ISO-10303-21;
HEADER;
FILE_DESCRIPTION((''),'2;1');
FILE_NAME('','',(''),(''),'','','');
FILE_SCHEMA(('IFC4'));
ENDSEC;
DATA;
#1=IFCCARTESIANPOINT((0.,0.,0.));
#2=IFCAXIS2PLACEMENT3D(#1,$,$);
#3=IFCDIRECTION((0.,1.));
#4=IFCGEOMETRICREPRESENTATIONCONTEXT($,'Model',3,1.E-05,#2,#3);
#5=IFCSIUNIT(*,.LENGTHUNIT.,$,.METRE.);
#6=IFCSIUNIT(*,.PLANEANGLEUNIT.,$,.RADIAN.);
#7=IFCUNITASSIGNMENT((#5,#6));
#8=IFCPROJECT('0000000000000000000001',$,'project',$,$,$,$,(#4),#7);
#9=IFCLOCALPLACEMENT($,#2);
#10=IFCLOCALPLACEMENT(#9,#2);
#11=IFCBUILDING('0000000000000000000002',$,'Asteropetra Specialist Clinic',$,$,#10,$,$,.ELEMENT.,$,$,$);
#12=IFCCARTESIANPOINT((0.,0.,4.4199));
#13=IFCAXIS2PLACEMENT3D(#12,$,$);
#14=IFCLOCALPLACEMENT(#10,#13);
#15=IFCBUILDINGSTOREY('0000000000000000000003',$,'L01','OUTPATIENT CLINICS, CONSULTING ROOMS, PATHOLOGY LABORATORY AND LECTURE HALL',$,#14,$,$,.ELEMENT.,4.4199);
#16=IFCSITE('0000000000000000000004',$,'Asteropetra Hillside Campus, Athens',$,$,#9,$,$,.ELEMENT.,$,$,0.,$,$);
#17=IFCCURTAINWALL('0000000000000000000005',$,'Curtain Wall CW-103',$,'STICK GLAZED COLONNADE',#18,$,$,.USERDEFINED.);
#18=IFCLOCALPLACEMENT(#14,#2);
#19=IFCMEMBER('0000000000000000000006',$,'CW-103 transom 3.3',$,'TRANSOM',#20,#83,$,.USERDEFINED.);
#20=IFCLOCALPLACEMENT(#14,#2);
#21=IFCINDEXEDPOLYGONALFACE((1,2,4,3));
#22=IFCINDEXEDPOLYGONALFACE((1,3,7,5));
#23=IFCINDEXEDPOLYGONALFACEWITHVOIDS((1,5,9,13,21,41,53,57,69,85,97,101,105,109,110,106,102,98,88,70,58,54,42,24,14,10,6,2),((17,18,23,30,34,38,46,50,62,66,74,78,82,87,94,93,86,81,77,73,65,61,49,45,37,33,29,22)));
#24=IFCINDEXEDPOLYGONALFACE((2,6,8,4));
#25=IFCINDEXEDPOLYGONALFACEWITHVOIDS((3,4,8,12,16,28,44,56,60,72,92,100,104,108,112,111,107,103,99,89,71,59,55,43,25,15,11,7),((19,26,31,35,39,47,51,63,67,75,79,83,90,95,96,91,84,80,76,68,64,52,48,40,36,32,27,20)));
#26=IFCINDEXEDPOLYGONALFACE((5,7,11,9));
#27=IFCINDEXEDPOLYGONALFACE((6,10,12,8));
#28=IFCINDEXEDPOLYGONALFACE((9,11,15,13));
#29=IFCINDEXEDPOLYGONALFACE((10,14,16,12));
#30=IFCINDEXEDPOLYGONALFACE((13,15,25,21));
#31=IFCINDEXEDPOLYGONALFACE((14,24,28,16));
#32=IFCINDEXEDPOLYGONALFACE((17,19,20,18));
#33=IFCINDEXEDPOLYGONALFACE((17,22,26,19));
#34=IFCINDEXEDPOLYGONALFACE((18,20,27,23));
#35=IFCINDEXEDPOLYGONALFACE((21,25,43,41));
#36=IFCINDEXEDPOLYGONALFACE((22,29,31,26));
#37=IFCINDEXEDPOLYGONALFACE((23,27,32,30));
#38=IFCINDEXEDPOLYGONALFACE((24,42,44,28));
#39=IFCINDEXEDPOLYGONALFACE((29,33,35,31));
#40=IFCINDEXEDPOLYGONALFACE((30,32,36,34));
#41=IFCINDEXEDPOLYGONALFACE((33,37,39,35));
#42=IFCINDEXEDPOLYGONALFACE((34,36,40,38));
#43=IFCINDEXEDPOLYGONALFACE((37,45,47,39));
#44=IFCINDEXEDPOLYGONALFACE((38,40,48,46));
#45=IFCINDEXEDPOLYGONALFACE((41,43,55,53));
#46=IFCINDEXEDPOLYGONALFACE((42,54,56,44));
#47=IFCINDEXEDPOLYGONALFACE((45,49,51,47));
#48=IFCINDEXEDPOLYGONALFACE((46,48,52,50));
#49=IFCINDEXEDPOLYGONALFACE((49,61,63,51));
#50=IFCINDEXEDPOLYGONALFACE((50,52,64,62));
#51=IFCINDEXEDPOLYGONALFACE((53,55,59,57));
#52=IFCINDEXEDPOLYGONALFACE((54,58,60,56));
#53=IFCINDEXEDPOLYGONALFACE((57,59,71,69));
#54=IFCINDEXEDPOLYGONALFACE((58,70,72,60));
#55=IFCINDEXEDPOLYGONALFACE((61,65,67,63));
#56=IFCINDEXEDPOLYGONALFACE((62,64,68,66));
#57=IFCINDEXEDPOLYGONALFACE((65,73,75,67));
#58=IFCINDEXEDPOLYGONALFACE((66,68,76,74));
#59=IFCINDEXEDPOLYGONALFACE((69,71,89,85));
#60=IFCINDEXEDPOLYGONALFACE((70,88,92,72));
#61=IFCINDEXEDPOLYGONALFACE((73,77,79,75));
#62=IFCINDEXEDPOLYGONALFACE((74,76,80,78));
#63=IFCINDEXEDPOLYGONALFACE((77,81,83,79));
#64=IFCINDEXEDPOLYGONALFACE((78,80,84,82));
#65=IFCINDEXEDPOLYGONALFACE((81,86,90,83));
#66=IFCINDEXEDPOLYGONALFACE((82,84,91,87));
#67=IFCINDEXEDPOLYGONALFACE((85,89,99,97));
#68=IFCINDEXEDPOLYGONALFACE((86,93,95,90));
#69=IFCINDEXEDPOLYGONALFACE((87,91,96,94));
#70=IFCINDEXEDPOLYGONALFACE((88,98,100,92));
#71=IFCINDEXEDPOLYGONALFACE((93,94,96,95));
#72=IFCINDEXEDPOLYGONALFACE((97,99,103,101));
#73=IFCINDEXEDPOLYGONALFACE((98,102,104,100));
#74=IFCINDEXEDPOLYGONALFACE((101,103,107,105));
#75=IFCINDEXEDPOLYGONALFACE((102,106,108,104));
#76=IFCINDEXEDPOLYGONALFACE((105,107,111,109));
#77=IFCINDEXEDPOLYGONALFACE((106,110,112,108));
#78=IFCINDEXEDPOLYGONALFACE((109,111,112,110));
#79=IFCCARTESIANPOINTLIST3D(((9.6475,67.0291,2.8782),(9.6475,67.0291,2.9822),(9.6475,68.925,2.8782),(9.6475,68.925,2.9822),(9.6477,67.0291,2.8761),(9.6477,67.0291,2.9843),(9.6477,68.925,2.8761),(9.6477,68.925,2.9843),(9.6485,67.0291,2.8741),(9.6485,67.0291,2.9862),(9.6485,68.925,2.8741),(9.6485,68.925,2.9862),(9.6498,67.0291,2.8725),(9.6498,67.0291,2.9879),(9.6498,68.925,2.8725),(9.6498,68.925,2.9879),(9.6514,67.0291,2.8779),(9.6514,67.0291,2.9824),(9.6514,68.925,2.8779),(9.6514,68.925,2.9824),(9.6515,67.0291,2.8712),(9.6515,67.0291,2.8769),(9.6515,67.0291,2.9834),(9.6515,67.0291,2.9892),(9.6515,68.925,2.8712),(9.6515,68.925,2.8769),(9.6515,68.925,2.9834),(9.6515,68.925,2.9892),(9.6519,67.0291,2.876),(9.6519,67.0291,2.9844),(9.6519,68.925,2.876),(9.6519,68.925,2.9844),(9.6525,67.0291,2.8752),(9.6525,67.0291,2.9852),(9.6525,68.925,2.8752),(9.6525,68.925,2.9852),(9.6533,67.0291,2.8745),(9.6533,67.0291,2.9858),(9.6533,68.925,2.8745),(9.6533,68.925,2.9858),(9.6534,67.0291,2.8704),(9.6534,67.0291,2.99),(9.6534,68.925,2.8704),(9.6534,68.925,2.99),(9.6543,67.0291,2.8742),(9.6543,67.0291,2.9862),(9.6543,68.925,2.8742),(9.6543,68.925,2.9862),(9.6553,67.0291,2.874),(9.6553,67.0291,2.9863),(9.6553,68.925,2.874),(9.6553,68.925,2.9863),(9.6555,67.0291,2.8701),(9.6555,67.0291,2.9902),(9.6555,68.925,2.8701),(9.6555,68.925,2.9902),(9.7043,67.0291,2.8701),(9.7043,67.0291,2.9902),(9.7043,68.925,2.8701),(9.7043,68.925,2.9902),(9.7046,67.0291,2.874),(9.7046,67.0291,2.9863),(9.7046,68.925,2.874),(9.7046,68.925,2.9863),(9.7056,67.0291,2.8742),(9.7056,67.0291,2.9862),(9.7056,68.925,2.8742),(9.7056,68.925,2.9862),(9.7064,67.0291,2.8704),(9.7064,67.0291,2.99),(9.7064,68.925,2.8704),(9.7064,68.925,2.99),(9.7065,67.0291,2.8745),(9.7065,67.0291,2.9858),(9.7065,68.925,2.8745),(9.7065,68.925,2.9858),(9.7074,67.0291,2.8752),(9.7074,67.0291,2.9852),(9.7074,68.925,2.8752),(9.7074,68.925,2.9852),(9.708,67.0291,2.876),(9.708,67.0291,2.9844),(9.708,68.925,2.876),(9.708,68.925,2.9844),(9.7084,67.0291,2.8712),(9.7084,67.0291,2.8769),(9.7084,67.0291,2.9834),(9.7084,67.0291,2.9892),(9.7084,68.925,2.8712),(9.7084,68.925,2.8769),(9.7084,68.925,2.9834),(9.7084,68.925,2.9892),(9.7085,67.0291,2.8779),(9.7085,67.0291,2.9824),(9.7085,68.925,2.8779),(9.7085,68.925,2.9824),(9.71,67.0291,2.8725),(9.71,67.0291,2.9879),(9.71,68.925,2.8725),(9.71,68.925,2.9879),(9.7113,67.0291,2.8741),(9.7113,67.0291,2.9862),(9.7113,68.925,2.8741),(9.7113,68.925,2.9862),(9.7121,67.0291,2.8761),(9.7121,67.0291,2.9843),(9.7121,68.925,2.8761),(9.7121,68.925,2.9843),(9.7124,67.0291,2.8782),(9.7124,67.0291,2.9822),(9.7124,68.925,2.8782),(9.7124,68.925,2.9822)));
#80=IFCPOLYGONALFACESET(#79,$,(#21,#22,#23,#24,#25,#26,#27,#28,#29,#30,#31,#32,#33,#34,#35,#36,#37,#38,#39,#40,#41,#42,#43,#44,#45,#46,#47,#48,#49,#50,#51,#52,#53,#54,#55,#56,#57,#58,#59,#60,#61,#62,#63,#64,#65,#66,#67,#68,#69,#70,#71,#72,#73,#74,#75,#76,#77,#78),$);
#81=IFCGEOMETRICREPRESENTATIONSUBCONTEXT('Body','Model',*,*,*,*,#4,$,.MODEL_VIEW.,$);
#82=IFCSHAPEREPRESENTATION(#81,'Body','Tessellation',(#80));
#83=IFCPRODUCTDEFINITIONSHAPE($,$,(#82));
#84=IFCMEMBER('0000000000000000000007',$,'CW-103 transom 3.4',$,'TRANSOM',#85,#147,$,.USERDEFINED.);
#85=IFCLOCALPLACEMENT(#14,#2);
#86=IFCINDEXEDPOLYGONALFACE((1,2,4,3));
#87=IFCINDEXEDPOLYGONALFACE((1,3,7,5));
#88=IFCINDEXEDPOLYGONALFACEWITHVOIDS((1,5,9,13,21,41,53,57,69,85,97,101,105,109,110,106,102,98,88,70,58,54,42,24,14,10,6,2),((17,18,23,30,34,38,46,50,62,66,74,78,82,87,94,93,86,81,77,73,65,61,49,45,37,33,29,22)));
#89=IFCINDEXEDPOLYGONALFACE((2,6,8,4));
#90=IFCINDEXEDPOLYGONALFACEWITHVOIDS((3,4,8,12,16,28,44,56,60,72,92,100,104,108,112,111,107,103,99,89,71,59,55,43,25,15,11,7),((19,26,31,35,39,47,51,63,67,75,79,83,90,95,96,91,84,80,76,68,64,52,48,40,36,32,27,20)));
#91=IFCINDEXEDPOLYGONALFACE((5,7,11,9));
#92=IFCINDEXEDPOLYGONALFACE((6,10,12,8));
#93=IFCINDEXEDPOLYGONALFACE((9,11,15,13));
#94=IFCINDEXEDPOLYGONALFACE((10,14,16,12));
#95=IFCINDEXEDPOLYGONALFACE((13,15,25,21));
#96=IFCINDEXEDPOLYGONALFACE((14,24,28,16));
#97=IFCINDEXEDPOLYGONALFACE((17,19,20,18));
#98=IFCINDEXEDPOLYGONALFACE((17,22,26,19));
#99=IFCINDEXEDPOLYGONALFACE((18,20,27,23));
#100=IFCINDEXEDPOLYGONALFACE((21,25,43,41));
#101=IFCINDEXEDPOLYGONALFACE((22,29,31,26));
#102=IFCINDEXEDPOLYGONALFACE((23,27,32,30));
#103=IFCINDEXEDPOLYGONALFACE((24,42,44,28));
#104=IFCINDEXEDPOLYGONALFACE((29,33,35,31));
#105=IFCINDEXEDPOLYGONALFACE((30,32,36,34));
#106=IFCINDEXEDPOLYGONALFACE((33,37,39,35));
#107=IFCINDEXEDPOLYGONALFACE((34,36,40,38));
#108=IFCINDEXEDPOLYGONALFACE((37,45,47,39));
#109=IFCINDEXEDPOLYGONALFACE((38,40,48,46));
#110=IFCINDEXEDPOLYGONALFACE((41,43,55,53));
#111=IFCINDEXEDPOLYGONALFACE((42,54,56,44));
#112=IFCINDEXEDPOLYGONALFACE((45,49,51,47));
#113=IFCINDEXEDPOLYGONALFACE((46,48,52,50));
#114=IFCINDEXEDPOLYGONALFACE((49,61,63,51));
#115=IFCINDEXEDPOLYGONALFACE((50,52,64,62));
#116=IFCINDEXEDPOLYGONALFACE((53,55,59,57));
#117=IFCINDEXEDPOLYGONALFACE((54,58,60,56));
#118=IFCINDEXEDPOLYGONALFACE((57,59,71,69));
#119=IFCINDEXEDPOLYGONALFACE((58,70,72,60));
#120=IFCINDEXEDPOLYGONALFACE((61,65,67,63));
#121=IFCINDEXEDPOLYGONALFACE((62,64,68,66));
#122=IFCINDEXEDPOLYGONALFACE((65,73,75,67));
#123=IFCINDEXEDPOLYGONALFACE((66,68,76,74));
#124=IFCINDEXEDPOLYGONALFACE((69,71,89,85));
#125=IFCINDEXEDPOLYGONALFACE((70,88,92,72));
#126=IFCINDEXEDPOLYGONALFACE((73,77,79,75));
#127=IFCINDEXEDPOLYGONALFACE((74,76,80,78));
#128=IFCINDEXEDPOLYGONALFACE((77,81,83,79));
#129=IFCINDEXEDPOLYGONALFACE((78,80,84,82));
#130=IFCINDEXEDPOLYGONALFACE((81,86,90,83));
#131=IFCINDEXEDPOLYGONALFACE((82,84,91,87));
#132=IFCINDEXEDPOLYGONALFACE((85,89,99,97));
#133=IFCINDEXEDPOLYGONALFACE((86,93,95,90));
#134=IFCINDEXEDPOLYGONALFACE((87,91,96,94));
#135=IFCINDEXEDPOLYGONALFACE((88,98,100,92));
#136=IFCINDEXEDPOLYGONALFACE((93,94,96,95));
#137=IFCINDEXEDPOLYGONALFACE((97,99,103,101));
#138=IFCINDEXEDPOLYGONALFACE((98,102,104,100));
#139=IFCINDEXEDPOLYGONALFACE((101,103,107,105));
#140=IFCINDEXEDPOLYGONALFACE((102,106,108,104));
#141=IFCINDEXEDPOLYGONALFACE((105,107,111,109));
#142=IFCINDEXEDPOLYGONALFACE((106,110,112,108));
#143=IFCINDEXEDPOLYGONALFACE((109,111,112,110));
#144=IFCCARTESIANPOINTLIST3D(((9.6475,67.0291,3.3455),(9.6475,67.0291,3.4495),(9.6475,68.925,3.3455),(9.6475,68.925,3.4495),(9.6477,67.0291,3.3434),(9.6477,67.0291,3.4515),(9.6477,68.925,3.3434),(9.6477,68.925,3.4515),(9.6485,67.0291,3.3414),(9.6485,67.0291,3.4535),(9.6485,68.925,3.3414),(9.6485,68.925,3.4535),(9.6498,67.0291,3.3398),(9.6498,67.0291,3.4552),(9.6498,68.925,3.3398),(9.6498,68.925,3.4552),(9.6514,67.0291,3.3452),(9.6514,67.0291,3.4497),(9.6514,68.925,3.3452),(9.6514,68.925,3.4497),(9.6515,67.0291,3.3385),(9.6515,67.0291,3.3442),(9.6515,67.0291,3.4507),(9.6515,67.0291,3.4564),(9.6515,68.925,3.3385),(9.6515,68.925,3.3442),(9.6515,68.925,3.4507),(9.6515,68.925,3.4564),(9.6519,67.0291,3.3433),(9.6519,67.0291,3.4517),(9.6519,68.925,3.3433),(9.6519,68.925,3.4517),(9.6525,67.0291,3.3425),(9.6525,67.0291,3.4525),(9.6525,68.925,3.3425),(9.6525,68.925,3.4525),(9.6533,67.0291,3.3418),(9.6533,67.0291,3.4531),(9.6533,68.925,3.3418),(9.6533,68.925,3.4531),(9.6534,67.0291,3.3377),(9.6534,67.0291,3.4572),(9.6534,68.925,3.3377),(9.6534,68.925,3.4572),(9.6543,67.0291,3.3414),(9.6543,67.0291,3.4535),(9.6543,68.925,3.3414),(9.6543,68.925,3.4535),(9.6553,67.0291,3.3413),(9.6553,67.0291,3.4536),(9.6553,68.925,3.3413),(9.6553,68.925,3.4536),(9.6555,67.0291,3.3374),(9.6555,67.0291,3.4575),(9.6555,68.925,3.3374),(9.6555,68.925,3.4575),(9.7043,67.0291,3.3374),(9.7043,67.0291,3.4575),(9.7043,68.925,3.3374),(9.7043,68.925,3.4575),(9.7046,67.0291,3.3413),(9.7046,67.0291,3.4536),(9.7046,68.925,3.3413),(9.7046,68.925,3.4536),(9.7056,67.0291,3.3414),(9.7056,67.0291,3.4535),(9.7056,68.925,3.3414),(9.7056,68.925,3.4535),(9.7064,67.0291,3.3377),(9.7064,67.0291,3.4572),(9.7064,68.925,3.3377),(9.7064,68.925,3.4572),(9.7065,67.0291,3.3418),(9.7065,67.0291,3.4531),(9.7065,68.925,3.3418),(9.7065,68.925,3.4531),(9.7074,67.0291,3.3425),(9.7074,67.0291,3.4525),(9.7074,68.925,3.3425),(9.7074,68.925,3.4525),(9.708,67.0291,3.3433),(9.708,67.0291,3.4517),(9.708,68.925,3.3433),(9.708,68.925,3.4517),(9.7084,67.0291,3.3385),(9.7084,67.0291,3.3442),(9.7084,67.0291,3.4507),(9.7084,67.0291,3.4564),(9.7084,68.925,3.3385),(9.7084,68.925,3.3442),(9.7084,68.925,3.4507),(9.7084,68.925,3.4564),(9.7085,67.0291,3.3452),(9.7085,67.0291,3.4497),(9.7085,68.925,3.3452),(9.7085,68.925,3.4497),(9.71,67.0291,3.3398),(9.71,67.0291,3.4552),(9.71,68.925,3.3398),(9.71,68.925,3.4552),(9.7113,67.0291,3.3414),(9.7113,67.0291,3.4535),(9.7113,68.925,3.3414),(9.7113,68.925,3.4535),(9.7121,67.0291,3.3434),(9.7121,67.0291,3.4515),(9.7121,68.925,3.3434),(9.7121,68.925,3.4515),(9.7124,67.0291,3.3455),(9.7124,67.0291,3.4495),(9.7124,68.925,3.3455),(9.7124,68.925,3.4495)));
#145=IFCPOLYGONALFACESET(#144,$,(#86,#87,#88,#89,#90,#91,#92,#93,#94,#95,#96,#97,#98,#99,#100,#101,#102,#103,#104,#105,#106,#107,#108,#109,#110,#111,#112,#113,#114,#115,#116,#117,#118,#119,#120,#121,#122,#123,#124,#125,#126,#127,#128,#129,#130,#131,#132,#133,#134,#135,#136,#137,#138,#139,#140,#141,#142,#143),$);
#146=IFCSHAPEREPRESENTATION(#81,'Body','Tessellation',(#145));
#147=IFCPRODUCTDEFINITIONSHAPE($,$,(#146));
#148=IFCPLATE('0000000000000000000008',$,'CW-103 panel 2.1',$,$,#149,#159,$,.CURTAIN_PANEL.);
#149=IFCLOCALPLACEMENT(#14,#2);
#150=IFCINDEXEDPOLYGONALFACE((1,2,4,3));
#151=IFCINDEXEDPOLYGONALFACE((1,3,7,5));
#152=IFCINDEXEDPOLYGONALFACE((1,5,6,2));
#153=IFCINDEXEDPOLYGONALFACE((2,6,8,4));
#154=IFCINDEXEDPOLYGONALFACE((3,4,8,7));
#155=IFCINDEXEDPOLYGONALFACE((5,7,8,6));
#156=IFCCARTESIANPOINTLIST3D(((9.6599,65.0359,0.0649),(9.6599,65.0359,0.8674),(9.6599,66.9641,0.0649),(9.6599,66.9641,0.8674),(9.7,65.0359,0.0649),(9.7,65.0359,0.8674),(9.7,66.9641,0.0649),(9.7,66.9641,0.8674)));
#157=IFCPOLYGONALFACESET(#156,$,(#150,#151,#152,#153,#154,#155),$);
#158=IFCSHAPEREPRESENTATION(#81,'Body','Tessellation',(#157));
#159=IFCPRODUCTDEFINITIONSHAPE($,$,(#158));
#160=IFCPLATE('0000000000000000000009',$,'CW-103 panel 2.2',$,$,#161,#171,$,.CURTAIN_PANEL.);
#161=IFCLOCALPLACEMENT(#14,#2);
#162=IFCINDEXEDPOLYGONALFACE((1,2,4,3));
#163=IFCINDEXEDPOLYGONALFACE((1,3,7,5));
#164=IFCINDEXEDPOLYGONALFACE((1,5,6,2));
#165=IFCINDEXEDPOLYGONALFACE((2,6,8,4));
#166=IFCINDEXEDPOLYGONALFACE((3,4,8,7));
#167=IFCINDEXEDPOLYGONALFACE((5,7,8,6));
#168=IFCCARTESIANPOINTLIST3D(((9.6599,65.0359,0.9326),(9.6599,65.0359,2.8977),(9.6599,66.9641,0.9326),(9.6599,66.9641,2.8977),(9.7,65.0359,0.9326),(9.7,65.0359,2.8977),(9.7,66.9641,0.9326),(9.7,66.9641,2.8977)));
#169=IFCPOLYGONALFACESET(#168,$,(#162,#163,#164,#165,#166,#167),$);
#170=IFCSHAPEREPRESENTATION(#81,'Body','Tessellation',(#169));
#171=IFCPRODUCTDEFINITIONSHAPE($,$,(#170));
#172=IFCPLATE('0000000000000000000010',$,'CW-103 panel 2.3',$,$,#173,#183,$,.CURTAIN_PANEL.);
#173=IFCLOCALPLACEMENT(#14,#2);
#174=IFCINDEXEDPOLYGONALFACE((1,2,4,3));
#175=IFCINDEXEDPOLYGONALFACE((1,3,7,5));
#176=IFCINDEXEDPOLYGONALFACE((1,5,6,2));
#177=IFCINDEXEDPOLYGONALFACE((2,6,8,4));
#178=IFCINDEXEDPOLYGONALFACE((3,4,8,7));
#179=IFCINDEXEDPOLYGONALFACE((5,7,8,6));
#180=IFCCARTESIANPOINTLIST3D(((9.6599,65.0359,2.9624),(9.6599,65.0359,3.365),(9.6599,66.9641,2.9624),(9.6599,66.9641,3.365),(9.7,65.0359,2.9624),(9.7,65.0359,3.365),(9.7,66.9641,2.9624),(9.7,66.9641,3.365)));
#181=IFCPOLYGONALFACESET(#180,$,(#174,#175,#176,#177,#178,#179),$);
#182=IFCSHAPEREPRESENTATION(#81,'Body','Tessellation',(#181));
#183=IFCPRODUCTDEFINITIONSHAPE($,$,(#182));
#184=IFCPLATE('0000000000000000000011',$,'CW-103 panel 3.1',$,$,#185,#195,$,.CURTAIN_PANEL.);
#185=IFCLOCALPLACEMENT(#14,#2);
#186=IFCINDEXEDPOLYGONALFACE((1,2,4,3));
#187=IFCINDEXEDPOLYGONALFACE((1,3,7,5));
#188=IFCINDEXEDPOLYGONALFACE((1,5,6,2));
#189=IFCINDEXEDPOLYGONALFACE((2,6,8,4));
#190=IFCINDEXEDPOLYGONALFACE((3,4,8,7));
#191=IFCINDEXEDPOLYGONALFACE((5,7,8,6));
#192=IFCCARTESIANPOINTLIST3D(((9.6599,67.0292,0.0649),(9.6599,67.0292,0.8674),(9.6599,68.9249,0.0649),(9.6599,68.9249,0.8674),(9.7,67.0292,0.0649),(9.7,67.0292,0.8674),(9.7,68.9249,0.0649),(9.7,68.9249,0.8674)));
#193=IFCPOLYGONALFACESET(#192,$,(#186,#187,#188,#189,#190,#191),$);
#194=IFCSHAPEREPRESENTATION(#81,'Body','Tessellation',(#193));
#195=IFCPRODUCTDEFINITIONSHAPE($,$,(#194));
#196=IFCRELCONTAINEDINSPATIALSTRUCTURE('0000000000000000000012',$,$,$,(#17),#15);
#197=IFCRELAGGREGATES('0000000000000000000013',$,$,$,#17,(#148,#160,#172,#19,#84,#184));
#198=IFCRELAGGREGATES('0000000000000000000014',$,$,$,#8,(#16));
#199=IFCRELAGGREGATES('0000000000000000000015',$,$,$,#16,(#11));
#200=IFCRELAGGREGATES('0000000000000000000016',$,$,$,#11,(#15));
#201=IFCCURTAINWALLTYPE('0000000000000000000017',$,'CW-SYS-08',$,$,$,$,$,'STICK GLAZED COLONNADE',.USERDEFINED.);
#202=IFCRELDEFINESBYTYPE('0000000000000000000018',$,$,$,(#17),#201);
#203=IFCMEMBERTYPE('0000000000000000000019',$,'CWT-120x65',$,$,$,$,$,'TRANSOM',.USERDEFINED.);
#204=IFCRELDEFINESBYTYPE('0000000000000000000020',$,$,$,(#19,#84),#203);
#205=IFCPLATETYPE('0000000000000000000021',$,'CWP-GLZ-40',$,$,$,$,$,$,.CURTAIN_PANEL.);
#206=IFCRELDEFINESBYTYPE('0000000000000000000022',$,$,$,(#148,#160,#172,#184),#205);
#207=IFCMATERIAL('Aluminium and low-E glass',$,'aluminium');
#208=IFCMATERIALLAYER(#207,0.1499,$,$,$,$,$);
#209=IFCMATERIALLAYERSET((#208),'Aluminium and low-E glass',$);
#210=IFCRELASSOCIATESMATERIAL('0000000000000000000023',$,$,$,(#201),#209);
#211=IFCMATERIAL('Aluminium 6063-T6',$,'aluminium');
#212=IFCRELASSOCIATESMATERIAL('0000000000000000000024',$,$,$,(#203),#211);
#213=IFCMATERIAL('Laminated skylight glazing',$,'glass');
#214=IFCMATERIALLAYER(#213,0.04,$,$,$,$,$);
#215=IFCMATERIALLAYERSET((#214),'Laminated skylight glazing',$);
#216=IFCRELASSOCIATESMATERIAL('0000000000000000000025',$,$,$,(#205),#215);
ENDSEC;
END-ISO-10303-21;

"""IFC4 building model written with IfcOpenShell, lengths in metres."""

from ifc_helpers import new_model, si_unit, direction, frame, origin, origin_2d, place, context, subcontext, project, spatial, rectangle, hollow_rectangle, extrude, material, layer, layer_set, material_profile, profile_set, type_object, element, aggregate, save


model = new_model("IFC4")

# Units and contexts
model_context = context("Model", 3, precision=1e-05, world=origin(), true_north=direction((0.0, 1.0)))
body_context = subcontext(model_context, "Body", "Model", "MODEL_VIEW")
ifc_project = project(units=[si_unit("LENGTHUNIT", "METRE"), si_unit("PLANEANGLEUNIT", "RADIAN")], contexts=[model_context])

# Site, building, storey
site_placement = place(None, origin())
site = spatial("IfcSite", under=ifc_project, at=site_placement, Name="Asteropetra Hillside Campus, Athens", CompositionType="ELEMENT", RefElevation=0.0)
building_placement = place(site_placement, origin())
building = spatial("IfcBuilding", under=site, at=building_placement, Name="Asteropetra Specialist Clinic", CompositionType="ELEMENT")
storey_placement = place(building_placement, frame((0.0, 0.0, 4.4199)))
storey = spatial("IfcBuildingStorey", under=building, at=storey_placement, Name="L01", Description="OUTPATIENT CLINICS, CONSULTING ROOMS, PATHOLOGY LABORATORY AND LECTURE HALL", CompositionType="ELEMENT", Elevation=4.4199)

# Curtain wall, members, plates
ifc_material_1 = material(Name="Aluminium and low-E glass", Category="aluminium")
ifc_layer_1 = layer(ifc_material_1, 0.1499)
ifc_layer_set_1 = layer_set([ifc_layer_1], Name="Aluminium and low-E glass")
curtain_wall_type = type_object("IfcCurtainWallType", Name="CW-SYS-08", ElementType="STICK GLAZED COLONNADE", PredefinedType="USERDEFINED", material=ifc_layer_set_1)
curtain_wall_placement = place(storey_placement, origin())
curtain_wall = element("IfcCurtainWall", 1, at=curtain_wall_placement, inside=storey, type_object=curtain_wall_type, Name="Curtain Wall CW-103", ObjectType="STICK GLAZED COLONNADE", PredefinedType="USERDEFINED")
ifc_material_2 = material(Name="Aluminium 6063-T6", Category="aluminium")
ifc_material_profile_1 = material_profile(ifc_material_2, hollow_rectangle(XDim=0.0649, YDim=0.1201, WallThickness=0.0039, InnerFilletRadius=0.0039, OuterFilletRadius=0.0081, at=origin_2d()), Name="TRN 120x65x4.0")
ifc_profile_set_1 = profile_set([ifc_material_profile_1], Name="Aluminium 6063-T6")
member_type_1 = type_object("IfcMemberType", Name="CWT-120x65", ElementType="TRANSOM", PredefinedType="USERDEFINED", material=ifc_profile_set_1)
member_1_placement = place(storey_placement, frame((9.6799, 67.0291, 2.9302), z_axis=(0.0, 1.0, 0.0), x_axis=(-1.0, 0.0, 0.0)))
member_1 = element("IfcMember", 2, at=member_1_placement, type_object=member_type_1, Name="CW-103 transom 3.3", ObjectType="TRANSOM", PredefinedType="USERDEFINED", context=body_context, shape_type="SweptSolid", body=[
    extrude(hollow_rectangle(XDim=0.0649, YDim=0.1201, WallThickness=0.0039, InnerFilletRadius=0.0039, OuterFilletRadius=0.0081, at=origin_2d()), origin(), (0.0, 0.0, 1.0), 1.896),
])
member_2_placement = place(storey_placement, frame((9.6799, 67.0291, 3.3975), z_axis=(0.0, 1.0, 0.0), x_axis=(-1.0, 0.0, 0.0)))
member_2 = element("IfcMember", 3, at=member_2_placement, type_object=member_type_1, Name="CW-103 transom 3.4", ObjectType="TRANSOM", PredefinedType="USERDEFINED", context=body_context, shape_type="SweptSolid", body=[
    extrude(hollow_rectangle(XDim=0.0649, YDim=0.1201, WallThickness=0.0039, InnerFilletRadius=0.0039, OuterFilletRadius=0.0081, at=origin_2d()), origin(), (0.0, 0.0, 1.0), 1.896),
])
ifc_material_3 = material(Name="Laminated skylight glazing", Category="glass")
ifc_layer_2 = layer(ifc_material_3, 0.04)
ifc_layer_set_2 = layer_set([ifc_layer_2], Name="Laminated skylight glazing")
plate_type = type_object("IfcPlateType", Name="CWP-GLZ-40", PredefinedType="CURTAIN_PANEL", material=ifc_layer_set_2)
plate_1_placement = place(storey_placement, frame((9.6799, 66.0, 0.0649), z_axis=(0.0, 0.0, 1.0), x_axis=(0.0, 1.0, 0.0)))
plate_1 = element("IfcPlate", 4, at=plate_1_placement, type_object=plate_type, Name="CW-103 panel 2.1", PredefinedType="CURTAIN_PANEL", context=body_context, shape_type="SweptSolid", body=[
    extrude(rectangle(XDim=1.9282, YDim=0.04, at=origin_2d()), origin(), (0.0, 0.0, 1.0), 0.8025),
])
plate_2_placement = place(storey_placement, frame((9.6799, 66.0, 0.9326), z_axis=(0.0, 0.0, 1.0), x_axis=(0.0, 1.0, 0.0)))
plate_2 = element("IfcPlate", 5, at=plate_2_placement, type_object=plate_type, Name="CW-103 panel 2.2", PredefinedType="CURTAIN_PANEL", context=body_context, shape_type="SweptSolid", body=[
    extrude(rectangle(XDim=1.9282, YDim=0.04, at=origin_2d()), origin(), (0.0, 0.0, 1.0), 1.9651),
])
plate_3_placement = place(storey_placement, frame((9.6799, 66.0, 2.9624), z_axis=(0.0, 0.0, 1.0), x_axis=(0.0, 1.0, 0.0)))
plate_3 = element("IfcPlate", 6, at=plate_3_placement, type_object=plate_type, Name="CW-103 panel 2.3", PredefinedType="CURTAIN_PANEL", context=body_context, shape_type="SweptSolid", body=[
    extrude(rectangle(XDim=1.9282, YDim=0.04, at=origin_2d()), origin(), (0.0, 0.0, 1.0), 0.4026),
])
plate_4_placement = place(storey_placement, frame((9.6799, 67.9771, 0.0649), z_axis=(0.0, 0.0, 1.0), x_axis=(0.0, 1.0, 0.0)))
plate_4 = element("IfcPlate", 7, at=plate_4_placement, type_object=plate_type, Name="CW-103 panel 3.1", PredefinedType="CURTAIN_PANEL", context=body_context, shape_type="SweptSolid", body=[
    extrude(rectangle(XDim=1.8958, YDim=0.04, at=origin_2d()), origin(), (0.0, 0.0, 1.0), 0.8025),
])
aggregate(curtain_wall, [plate_1, plate_2, plate_3, member_1, member_2, plate_4])

save(model, "model.ifc")
